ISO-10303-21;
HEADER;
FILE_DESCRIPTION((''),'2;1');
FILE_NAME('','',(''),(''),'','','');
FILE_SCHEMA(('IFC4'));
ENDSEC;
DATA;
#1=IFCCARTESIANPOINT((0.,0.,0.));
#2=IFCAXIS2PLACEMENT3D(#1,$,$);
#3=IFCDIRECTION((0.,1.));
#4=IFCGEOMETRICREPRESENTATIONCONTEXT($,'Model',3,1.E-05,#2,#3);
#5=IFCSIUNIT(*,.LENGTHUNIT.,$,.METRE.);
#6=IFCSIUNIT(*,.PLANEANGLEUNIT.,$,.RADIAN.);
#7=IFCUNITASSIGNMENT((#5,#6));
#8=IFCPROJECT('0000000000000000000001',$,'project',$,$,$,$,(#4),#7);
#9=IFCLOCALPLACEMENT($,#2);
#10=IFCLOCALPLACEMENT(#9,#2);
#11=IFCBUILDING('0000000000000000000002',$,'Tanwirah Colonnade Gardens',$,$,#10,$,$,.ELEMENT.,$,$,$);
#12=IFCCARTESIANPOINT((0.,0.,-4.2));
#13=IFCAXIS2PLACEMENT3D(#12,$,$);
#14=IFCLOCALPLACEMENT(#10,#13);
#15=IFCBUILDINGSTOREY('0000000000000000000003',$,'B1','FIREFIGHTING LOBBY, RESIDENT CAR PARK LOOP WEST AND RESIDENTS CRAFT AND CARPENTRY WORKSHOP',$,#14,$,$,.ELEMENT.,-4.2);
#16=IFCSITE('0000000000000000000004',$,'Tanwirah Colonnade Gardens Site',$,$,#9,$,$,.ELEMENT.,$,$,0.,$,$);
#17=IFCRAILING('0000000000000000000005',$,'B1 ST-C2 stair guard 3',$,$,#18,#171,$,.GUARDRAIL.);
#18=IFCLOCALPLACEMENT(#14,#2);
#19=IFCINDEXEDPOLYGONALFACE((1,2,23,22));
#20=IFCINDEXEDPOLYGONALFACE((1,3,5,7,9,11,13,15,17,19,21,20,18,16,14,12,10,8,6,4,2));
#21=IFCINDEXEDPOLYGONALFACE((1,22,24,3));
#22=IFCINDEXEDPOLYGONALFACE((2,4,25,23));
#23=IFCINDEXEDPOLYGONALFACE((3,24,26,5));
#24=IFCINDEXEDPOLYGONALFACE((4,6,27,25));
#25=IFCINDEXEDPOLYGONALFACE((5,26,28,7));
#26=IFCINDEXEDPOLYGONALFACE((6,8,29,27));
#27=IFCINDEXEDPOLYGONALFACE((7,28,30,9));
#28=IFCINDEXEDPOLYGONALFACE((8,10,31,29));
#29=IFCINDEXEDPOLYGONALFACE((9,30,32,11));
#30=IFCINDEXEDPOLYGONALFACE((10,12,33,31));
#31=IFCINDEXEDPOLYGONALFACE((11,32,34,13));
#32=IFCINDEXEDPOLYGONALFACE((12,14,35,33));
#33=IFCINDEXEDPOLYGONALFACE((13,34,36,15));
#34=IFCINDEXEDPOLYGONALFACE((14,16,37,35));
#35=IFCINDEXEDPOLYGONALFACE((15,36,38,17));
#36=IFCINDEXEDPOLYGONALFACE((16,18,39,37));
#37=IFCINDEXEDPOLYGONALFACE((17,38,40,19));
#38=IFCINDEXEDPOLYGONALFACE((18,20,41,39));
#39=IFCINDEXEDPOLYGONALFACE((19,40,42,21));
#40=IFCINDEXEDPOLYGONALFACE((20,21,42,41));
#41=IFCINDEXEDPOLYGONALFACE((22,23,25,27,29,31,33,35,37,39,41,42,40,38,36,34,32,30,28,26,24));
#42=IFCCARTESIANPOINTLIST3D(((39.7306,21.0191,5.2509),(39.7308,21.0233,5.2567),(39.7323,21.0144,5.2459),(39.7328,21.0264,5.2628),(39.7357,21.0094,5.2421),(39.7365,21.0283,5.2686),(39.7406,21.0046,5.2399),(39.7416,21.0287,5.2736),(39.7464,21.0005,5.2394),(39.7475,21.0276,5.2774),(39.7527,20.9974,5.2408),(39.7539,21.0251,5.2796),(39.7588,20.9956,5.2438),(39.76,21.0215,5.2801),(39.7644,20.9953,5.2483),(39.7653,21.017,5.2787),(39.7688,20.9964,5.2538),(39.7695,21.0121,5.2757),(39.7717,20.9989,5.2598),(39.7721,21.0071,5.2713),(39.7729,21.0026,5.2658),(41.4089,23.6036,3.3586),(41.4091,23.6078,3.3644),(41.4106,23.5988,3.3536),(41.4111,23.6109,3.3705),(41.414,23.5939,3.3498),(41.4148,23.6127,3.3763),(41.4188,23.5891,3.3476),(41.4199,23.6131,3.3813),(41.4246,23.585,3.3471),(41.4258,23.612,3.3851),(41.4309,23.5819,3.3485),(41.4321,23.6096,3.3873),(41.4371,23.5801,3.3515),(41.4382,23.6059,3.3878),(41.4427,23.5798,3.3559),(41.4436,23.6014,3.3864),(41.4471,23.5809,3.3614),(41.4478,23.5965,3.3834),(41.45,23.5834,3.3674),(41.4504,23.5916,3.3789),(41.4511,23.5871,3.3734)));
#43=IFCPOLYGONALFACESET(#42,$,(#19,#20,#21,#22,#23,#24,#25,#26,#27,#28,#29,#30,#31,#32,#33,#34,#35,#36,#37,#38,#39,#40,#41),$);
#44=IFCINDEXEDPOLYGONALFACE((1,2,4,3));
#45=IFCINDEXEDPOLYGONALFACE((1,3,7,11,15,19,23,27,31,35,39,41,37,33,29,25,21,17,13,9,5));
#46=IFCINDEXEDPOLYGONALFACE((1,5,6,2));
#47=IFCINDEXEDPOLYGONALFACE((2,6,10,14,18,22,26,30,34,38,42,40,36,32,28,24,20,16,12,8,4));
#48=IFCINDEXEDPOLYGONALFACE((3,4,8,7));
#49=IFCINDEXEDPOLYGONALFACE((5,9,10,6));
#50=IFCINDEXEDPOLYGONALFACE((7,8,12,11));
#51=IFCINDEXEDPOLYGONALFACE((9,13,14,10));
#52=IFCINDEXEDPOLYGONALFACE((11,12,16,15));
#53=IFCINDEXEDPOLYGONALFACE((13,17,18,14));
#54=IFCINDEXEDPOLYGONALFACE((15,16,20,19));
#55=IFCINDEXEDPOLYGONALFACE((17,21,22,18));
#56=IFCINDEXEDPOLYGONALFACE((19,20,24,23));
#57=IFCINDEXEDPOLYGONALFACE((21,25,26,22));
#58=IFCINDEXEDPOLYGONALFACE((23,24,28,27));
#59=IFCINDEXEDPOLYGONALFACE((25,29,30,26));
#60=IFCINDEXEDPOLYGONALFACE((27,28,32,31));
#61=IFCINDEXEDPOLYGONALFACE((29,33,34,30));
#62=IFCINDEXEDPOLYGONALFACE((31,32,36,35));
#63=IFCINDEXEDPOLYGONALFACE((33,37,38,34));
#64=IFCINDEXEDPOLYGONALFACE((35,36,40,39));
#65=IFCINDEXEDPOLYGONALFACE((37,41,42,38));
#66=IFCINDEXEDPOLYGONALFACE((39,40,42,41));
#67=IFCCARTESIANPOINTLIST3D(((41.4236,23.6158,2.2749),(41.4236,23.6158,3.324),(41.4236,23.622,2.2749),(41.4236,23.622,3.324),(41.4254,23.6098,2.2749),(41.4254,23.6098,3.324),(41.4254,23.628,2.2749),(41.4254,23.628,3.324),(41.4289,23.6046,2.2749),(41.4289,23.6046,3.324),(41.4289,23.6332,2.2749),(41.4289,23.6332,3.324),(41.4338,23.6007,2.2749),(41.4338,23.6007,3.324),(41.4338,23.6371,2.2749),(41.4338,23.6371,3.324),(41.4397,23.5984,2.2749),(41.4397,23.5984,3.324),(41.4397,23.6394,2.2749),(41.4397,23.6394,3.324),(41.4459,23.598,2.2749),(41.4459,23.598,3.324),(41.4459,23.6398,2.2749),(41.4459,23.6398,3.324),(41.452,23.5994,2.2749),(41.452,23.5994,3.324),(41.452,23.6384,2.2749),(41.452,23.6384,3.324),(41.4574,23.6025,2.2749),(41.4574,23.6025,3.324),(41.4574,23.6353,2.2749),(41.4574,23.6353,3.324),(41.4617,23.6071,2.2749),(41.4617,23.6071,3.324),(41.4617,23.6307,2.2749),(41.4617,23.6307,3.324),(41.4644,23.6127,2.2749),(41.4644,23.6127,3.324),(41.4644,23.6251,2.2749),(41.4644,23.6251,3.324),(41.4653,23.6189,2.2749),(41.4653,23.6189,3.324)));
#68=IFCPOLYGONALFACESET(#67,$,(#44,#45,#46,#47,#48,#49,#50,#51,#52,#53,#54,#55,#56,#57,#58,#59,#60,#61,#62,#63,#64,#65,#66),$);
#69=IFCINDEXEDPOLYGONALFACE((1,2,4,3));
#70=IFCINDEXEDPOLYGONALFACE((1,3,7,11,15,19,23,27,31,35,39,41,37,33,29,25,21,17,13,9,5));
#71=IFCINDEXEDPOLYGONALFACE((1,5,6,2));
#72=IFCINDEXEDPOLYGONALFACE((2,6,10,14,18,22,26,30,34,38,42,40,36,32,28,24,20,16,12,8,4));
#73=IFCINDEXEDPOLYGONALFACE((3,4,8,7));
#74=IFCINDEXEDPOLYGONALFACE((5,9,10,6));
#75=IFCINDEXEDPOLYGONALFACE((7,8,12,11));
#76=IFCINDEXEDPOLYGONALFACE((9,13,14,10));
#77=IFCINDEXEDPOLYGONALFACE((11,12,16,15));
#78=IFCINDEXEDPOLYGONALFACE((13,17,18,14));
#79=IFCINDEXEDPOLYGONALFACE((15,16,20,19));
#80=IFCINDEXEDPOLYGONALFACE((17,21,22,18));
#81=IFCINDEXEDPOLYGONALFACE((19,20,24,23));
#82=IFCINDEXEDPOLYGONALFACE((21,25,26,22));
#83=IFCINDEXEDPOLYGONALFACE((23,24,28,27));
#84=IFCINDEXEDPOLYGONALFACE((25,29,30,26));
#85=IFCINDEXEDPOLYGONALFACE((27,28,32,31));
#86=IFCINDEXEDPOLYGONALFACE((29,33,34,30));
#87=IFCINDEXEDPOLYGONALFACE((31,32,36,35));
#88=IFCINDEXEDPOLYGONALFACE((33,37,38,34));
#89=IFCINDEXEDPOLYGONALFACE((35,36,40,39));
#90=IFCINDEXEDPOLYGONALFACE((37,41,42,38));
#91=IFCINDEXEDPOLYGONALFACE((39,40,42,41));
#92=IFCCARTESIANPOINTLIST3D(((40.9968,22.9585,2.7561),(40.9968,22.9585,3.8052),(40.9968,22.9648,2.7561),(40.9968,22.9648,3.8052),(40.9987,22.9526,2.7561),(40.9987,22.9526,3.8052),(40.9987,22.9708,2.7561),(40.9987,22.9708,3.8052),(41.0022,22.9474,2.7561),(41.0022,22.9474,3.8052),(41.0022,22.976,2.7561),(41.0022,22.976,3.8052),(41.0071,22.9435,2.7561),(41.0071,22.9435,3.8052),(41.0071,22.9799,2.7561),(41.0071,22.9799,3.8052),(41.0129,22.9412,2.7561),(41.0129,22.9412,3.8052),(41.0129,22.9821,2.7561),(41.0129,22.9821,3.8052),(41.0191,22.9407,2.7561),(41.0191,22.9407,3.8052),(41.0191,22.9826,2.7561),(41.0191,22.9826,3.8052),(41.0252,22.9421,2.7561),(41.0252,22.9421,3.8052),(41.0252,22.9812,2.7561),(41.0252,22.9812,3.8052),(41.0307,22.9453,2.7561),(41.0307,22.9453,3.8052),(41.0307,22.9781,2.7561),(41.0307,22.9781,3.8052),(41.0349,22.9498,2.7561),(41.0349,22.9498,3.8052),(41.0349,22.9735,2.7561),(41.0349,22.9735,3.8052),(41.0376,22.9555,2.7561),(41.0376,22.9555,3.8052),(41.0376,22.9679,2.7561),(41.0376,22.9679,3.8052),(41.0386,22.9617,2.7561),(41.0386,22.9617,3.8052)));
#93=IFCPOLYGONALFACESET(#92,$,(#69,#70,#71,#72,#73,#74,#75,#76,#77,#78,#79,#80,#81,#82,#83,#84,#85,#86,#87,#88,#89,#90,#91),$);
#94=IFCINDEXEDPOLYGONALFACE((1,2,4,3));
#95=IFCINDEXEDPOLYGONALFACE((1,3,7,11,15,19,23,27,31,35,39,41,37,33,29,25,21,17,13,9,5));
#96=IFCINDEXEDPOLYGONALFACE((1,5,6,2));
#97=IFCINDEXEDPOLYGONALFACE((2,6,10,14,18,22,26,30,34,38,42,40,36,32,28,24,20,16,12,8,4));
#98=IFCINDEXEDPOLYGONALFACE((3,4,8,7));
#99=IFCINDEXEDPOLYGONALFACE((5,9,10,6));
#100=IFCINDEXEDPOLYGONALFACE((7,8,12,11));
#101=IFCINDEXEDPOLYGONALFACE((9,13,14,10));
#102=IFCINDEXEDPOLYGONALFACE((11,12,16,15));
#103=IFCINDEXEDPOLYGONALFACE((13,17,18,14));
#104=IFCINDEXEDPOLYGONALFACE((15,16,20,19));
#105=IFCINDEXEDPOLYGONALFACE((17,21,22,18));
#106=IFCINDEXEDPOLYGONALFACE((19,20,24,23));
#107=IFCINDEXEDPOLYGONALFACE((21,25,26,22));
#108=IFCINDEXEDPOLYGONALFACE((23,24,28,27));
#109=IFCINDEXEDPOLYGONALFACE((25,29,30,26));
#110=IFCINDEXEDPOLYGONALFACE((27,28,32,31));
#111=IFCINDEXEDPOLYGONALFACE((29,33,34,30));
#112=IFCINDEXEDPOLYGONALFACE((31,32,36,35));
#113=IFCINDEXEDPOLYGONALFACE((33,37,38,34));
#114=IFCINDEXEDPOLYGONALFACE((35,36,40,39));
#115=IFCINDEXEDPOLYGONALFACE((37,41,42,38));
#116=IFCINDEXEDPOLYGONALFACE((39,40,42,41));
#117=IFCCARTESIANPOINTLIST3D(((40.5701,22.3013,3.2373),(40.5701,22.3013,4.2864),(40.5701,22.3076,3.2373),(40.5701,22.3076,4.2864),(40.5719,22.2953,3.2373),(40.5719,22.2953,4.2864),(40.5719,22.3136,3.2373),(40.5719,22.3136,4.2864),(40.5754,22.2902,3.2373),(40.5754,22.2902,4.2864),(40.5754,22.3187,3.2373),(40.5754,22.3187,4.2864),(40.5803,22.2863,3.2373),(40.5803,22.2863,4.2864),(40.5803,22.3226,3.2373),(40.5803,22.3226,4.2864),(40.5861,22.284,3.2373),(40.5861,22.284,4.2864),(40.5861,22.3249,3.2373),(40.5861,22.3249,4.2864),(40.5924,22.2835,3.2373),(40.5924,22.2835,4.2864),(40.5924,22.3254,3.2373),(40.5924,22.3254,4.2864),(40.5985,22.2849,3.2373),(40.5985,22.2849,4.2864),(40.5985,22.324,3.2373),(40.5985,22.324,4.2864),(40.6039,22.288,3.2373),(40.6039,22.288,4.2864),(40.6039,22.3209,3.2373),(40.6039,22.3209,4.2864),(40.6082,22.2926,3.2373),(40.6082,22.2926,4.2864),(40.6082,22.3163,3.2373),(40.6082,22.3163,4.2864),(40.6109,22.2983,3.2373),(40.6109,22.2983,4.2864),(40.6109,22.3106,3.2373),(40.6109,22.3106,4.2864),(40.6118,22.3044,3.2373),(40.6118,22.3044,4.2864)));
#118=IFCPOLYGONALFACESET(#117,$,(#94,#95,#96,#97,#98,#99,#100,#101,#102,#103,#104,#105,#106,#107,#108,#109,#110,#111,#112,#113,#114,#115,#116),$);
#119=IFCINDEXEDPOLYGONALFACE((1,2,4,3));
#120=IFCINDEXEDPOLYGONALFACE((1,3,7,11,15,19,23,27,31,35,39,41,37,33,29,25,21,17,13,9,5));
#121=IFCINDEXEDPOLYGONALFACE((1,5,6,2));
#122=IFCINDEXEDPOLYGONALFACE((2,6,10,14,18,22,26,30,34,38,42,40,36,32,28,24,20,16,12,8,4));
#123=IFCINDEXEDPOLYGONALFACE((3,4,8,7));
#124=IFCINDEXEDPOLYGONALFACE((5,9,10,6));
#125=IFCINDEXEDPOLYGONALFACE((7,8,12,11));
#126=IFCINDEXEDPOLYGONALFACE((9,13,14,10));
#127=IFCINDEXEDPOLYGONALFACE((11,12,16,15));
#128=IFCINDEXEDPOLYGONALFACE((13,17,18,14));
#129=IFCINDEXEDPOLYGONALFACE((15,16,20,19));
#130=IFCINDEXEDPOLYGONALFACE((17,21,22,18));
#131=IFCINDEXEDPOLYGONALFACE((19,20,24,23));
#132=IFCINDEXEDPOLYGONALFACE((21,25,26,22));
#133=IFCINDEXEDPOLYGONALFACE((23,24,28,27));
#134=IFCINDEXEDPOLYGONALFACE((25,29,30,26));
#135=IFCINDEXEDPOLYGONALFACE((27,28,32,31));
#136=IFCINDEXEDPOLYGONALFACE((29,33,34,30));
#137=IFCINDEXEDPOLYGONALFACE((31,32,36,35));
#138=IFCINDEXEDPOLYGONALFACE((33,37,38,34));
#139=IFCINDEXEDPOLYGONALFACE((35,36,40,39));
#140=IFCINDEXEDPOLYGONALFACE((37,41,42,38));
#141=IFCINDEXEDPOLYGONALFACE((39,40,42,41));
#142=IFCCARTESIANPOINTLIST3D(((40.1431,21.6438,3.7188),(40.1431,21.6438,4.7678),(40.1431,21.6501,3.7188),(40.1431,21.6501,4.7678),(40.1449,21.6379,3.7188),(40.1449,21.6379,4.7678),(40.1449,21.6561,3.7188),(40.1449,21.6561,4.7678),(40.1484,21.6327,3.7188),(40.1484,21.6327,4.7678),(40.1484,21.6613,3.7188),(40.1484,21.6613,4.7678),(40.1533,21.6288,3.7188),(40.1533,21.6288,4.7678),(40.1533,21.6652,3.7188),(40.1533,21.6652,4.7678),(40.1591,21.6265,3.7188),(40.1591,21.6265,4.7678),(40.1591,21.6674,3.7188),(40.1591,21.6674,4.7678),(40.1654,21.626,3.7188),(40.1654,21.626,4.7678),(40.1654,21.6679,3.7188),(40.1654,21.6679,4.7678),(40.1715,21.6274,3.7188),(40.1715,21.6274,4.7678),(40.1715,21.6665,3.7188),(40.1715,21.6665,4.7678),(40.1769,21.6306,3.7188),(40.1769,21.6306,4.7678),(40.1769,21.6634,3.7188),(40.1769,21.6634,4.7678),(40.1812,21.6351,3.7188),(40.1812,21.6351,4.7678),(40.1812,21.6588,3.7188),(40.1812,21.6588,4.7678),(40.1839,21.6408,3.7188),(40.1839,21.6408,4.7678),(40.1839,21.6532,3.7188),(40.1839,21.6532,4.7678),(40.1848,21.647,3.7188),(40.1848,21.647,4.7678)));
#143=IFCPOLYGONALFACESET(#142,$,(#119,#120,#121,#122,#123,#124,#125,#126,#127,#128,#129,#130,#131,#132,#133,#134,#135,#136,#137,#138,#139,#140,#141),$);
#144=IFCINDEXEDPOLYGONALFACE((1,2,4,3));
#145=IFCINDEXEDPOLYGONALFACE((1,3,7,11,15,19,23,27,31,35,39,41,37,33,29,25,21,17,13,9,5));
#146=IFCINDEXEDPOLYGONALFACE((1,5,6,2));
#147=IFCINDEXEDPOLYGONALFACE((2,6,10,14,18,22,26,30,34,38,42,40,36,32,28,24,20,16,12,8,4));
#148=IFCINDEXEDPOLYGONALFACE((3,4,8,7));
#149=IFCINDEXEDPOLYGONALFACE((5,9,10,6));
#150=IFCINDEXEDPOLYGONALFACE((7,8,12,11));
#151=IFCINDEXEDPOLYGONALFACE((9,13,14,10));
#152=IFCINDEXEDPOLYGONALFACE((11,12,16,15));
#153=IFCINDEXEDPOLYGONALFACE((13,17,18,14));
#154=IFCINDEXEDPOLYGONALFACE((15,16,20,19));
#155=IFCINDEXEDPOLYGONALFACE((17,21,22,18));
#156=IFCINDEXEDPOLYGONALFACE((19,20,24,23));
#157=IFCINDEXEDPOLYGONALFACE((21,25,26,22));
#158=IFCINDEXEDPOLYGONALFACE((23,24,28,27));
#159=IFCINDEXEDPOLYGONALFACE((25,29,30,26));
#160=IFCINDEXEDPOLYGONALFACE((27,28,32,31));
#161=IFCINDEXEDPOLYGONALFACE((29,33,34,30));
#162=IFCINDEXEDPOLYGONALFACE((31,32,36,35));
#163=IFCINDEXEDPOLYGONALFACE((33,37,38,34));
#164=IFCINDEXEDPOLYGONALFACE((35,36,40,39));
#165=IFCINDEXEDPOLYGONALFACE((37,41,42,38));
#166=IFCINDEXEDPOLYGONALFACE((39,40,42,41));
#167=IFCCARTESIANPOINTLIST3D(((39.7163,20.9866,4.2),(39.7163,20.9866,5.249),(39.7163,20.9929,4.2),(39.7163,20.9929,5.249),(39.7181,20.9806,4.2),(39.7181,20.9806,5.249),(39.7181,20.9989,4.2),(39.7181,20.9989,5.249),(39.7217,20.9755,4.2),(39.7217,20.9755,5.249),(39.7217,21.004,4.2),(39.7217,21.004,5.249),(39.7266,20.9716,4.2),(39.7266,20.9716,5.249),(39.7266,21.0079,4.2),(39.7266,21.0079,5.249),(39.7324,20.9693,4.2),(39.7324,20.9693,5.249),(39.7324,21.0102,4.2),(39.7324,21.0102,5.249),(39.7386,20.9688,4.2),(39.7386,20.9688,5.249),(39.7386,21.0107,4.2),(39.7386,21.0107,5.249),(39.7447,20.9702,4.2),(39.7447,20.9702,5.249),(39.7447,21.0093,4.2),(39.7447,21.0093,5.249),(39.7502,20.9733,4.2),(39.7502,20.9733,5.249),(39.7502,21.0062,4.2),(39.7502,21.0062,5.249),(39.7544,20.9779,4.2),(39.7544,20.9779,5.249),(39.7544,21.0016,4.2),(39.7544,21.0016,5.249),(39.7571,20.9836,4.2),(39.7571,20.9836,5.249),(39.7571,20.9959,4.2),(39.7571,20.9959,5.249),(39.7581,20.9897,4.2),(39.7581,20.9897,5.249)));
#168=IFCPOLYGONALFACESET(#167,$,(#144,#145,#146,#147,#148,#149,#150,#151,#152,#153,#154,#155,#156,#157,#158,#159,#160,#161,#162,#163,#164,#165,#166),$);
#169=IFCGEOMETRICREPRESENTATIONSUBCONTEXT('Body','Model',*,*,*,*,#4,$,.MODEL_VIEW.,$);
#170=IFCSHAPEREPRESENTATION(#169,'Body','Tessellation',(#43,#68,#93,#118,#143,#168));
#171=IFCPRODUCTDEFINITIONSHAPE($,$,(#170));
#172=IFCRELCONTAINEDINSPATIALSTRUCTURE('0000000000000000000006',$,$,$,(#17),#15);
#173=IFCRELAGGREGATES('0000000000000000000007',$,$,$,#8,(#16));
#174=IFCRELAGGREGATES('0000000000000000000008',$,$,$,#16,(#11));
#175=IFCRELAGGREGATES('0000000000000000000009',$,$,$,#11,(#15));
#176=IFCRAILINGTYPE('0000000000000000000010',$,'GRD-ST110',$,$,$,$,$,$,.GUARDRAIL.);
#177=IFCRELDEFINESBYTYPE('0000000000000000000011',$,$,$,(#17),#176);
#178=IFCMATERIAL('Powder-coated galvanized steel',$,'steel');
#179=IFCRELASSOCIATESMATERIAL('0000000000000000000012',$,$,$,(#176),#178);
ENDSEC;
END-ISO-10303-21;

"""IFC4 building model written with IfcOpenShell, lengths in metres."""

from ifc_helpers import new_model, si_unit, direction, frame, origin, origin_2d, place, context, subcontext, project, spatial, circle, extrude, material, type_object, element, save


model = new_model("IFC4")

# Units and contexts
model_context = context("Model", 3, precision=1e-05, world=origin(), true_north=direction((0.0, 1.0)))
body_context = subcontext(model_context, "Body", "Model", "MODEL_VIEW")
ifc_project = project(units=[si_unit("LENGTHUNIT", "METRE"), si_unit("PLANEANGLEUNIT", "RADIAN")], contexts=[model_context])

# Site, building, storey
site_placement = place(None, origin())
site = spatial("IfcSite", under=ifc_project, at=site_placement, Name="Tanwirah Colonnade Gardens Site", CompositionType="ELEMENT", RefElevation=0.0)
building_placement = place(site_placement, origin())
building = spatial("IfcBuilding", under=site, at=building_placement, Name="Tanwirah Colonnade Gardens", CompositionType="ELEMENT")
storey_placement = place(building_placement, frame((0.0, 0.0, -4.2)))
storey = spatial("IfcBuildingStorey", under=building, at=storey_placement, Name="B1", Description="FIREFIGHTING LOBBY, RESIDENT CAR PARK LOOP WEST AND RESIDENTS CRAFT AND CARPENTRY WORKSHOP", CompositionType="ELEMENT", Elevation=-4.2)

# Railing
ifc_material_1 = material(Name="Powder-coated galvanized steel", Category="steel")
railing_type_1 = type_object("IfcRailingType", Name="GRD-ST110", PredefinedType="GUARDRAIL", material=ifc_material_1)
railing_1_placement = place(storey_placement, frame((41.4443, 23.6189, 2.2749)))
element("IfcRailing", 1, at=railing_1_placement, inside=storey, type_object=railing_type_1, Name="B1 ST-C2 stair guard 3", PredefinedType="GUARDRAIL", context=body_context, shape_type="SweptSolid", body=[
    extrude(circle(Radius=0.0239, at=origin_2d()), frame((-0.0144, -0.0225, 1.0925), z_axis=(-0.464094, -0.71469, 0.523292), x_axis=(0.838687, -0.544613, 0.0)), (0.0, 0.0, 1.0), 3.6162),
    extrude(circle(Radius=0.021, at=origin_2d()), origin(), (0.0, 0.0, 1.0), 1.0491),
    extrude(circle(Radius=0.021, at=origin_2d()), frame((-0.4268, -0.6572, 0.4812)), (0.0, 0.0, 1.0), 1.0491),
    extrude(circle(Radius=0.021, at=origin_2d()), frame((-0.8535, -1.3145, 0.9624)), (0.0, 0.0, 1.0), 1.0491),
    extrude(circle(Radius=0.021, at=origin_2d()), frame((-1.2805, -1.9719, 1.4438)), (0.0, 0.0, 1.0), 1.0491),
    extrude(circle(Radius=0.021, at=origin_2d()), frame((-1.7073, -2.6292, 1.925)), (0.0, 0.0, 1.0), 1.0491),
])

save(model, "model.ifc")
